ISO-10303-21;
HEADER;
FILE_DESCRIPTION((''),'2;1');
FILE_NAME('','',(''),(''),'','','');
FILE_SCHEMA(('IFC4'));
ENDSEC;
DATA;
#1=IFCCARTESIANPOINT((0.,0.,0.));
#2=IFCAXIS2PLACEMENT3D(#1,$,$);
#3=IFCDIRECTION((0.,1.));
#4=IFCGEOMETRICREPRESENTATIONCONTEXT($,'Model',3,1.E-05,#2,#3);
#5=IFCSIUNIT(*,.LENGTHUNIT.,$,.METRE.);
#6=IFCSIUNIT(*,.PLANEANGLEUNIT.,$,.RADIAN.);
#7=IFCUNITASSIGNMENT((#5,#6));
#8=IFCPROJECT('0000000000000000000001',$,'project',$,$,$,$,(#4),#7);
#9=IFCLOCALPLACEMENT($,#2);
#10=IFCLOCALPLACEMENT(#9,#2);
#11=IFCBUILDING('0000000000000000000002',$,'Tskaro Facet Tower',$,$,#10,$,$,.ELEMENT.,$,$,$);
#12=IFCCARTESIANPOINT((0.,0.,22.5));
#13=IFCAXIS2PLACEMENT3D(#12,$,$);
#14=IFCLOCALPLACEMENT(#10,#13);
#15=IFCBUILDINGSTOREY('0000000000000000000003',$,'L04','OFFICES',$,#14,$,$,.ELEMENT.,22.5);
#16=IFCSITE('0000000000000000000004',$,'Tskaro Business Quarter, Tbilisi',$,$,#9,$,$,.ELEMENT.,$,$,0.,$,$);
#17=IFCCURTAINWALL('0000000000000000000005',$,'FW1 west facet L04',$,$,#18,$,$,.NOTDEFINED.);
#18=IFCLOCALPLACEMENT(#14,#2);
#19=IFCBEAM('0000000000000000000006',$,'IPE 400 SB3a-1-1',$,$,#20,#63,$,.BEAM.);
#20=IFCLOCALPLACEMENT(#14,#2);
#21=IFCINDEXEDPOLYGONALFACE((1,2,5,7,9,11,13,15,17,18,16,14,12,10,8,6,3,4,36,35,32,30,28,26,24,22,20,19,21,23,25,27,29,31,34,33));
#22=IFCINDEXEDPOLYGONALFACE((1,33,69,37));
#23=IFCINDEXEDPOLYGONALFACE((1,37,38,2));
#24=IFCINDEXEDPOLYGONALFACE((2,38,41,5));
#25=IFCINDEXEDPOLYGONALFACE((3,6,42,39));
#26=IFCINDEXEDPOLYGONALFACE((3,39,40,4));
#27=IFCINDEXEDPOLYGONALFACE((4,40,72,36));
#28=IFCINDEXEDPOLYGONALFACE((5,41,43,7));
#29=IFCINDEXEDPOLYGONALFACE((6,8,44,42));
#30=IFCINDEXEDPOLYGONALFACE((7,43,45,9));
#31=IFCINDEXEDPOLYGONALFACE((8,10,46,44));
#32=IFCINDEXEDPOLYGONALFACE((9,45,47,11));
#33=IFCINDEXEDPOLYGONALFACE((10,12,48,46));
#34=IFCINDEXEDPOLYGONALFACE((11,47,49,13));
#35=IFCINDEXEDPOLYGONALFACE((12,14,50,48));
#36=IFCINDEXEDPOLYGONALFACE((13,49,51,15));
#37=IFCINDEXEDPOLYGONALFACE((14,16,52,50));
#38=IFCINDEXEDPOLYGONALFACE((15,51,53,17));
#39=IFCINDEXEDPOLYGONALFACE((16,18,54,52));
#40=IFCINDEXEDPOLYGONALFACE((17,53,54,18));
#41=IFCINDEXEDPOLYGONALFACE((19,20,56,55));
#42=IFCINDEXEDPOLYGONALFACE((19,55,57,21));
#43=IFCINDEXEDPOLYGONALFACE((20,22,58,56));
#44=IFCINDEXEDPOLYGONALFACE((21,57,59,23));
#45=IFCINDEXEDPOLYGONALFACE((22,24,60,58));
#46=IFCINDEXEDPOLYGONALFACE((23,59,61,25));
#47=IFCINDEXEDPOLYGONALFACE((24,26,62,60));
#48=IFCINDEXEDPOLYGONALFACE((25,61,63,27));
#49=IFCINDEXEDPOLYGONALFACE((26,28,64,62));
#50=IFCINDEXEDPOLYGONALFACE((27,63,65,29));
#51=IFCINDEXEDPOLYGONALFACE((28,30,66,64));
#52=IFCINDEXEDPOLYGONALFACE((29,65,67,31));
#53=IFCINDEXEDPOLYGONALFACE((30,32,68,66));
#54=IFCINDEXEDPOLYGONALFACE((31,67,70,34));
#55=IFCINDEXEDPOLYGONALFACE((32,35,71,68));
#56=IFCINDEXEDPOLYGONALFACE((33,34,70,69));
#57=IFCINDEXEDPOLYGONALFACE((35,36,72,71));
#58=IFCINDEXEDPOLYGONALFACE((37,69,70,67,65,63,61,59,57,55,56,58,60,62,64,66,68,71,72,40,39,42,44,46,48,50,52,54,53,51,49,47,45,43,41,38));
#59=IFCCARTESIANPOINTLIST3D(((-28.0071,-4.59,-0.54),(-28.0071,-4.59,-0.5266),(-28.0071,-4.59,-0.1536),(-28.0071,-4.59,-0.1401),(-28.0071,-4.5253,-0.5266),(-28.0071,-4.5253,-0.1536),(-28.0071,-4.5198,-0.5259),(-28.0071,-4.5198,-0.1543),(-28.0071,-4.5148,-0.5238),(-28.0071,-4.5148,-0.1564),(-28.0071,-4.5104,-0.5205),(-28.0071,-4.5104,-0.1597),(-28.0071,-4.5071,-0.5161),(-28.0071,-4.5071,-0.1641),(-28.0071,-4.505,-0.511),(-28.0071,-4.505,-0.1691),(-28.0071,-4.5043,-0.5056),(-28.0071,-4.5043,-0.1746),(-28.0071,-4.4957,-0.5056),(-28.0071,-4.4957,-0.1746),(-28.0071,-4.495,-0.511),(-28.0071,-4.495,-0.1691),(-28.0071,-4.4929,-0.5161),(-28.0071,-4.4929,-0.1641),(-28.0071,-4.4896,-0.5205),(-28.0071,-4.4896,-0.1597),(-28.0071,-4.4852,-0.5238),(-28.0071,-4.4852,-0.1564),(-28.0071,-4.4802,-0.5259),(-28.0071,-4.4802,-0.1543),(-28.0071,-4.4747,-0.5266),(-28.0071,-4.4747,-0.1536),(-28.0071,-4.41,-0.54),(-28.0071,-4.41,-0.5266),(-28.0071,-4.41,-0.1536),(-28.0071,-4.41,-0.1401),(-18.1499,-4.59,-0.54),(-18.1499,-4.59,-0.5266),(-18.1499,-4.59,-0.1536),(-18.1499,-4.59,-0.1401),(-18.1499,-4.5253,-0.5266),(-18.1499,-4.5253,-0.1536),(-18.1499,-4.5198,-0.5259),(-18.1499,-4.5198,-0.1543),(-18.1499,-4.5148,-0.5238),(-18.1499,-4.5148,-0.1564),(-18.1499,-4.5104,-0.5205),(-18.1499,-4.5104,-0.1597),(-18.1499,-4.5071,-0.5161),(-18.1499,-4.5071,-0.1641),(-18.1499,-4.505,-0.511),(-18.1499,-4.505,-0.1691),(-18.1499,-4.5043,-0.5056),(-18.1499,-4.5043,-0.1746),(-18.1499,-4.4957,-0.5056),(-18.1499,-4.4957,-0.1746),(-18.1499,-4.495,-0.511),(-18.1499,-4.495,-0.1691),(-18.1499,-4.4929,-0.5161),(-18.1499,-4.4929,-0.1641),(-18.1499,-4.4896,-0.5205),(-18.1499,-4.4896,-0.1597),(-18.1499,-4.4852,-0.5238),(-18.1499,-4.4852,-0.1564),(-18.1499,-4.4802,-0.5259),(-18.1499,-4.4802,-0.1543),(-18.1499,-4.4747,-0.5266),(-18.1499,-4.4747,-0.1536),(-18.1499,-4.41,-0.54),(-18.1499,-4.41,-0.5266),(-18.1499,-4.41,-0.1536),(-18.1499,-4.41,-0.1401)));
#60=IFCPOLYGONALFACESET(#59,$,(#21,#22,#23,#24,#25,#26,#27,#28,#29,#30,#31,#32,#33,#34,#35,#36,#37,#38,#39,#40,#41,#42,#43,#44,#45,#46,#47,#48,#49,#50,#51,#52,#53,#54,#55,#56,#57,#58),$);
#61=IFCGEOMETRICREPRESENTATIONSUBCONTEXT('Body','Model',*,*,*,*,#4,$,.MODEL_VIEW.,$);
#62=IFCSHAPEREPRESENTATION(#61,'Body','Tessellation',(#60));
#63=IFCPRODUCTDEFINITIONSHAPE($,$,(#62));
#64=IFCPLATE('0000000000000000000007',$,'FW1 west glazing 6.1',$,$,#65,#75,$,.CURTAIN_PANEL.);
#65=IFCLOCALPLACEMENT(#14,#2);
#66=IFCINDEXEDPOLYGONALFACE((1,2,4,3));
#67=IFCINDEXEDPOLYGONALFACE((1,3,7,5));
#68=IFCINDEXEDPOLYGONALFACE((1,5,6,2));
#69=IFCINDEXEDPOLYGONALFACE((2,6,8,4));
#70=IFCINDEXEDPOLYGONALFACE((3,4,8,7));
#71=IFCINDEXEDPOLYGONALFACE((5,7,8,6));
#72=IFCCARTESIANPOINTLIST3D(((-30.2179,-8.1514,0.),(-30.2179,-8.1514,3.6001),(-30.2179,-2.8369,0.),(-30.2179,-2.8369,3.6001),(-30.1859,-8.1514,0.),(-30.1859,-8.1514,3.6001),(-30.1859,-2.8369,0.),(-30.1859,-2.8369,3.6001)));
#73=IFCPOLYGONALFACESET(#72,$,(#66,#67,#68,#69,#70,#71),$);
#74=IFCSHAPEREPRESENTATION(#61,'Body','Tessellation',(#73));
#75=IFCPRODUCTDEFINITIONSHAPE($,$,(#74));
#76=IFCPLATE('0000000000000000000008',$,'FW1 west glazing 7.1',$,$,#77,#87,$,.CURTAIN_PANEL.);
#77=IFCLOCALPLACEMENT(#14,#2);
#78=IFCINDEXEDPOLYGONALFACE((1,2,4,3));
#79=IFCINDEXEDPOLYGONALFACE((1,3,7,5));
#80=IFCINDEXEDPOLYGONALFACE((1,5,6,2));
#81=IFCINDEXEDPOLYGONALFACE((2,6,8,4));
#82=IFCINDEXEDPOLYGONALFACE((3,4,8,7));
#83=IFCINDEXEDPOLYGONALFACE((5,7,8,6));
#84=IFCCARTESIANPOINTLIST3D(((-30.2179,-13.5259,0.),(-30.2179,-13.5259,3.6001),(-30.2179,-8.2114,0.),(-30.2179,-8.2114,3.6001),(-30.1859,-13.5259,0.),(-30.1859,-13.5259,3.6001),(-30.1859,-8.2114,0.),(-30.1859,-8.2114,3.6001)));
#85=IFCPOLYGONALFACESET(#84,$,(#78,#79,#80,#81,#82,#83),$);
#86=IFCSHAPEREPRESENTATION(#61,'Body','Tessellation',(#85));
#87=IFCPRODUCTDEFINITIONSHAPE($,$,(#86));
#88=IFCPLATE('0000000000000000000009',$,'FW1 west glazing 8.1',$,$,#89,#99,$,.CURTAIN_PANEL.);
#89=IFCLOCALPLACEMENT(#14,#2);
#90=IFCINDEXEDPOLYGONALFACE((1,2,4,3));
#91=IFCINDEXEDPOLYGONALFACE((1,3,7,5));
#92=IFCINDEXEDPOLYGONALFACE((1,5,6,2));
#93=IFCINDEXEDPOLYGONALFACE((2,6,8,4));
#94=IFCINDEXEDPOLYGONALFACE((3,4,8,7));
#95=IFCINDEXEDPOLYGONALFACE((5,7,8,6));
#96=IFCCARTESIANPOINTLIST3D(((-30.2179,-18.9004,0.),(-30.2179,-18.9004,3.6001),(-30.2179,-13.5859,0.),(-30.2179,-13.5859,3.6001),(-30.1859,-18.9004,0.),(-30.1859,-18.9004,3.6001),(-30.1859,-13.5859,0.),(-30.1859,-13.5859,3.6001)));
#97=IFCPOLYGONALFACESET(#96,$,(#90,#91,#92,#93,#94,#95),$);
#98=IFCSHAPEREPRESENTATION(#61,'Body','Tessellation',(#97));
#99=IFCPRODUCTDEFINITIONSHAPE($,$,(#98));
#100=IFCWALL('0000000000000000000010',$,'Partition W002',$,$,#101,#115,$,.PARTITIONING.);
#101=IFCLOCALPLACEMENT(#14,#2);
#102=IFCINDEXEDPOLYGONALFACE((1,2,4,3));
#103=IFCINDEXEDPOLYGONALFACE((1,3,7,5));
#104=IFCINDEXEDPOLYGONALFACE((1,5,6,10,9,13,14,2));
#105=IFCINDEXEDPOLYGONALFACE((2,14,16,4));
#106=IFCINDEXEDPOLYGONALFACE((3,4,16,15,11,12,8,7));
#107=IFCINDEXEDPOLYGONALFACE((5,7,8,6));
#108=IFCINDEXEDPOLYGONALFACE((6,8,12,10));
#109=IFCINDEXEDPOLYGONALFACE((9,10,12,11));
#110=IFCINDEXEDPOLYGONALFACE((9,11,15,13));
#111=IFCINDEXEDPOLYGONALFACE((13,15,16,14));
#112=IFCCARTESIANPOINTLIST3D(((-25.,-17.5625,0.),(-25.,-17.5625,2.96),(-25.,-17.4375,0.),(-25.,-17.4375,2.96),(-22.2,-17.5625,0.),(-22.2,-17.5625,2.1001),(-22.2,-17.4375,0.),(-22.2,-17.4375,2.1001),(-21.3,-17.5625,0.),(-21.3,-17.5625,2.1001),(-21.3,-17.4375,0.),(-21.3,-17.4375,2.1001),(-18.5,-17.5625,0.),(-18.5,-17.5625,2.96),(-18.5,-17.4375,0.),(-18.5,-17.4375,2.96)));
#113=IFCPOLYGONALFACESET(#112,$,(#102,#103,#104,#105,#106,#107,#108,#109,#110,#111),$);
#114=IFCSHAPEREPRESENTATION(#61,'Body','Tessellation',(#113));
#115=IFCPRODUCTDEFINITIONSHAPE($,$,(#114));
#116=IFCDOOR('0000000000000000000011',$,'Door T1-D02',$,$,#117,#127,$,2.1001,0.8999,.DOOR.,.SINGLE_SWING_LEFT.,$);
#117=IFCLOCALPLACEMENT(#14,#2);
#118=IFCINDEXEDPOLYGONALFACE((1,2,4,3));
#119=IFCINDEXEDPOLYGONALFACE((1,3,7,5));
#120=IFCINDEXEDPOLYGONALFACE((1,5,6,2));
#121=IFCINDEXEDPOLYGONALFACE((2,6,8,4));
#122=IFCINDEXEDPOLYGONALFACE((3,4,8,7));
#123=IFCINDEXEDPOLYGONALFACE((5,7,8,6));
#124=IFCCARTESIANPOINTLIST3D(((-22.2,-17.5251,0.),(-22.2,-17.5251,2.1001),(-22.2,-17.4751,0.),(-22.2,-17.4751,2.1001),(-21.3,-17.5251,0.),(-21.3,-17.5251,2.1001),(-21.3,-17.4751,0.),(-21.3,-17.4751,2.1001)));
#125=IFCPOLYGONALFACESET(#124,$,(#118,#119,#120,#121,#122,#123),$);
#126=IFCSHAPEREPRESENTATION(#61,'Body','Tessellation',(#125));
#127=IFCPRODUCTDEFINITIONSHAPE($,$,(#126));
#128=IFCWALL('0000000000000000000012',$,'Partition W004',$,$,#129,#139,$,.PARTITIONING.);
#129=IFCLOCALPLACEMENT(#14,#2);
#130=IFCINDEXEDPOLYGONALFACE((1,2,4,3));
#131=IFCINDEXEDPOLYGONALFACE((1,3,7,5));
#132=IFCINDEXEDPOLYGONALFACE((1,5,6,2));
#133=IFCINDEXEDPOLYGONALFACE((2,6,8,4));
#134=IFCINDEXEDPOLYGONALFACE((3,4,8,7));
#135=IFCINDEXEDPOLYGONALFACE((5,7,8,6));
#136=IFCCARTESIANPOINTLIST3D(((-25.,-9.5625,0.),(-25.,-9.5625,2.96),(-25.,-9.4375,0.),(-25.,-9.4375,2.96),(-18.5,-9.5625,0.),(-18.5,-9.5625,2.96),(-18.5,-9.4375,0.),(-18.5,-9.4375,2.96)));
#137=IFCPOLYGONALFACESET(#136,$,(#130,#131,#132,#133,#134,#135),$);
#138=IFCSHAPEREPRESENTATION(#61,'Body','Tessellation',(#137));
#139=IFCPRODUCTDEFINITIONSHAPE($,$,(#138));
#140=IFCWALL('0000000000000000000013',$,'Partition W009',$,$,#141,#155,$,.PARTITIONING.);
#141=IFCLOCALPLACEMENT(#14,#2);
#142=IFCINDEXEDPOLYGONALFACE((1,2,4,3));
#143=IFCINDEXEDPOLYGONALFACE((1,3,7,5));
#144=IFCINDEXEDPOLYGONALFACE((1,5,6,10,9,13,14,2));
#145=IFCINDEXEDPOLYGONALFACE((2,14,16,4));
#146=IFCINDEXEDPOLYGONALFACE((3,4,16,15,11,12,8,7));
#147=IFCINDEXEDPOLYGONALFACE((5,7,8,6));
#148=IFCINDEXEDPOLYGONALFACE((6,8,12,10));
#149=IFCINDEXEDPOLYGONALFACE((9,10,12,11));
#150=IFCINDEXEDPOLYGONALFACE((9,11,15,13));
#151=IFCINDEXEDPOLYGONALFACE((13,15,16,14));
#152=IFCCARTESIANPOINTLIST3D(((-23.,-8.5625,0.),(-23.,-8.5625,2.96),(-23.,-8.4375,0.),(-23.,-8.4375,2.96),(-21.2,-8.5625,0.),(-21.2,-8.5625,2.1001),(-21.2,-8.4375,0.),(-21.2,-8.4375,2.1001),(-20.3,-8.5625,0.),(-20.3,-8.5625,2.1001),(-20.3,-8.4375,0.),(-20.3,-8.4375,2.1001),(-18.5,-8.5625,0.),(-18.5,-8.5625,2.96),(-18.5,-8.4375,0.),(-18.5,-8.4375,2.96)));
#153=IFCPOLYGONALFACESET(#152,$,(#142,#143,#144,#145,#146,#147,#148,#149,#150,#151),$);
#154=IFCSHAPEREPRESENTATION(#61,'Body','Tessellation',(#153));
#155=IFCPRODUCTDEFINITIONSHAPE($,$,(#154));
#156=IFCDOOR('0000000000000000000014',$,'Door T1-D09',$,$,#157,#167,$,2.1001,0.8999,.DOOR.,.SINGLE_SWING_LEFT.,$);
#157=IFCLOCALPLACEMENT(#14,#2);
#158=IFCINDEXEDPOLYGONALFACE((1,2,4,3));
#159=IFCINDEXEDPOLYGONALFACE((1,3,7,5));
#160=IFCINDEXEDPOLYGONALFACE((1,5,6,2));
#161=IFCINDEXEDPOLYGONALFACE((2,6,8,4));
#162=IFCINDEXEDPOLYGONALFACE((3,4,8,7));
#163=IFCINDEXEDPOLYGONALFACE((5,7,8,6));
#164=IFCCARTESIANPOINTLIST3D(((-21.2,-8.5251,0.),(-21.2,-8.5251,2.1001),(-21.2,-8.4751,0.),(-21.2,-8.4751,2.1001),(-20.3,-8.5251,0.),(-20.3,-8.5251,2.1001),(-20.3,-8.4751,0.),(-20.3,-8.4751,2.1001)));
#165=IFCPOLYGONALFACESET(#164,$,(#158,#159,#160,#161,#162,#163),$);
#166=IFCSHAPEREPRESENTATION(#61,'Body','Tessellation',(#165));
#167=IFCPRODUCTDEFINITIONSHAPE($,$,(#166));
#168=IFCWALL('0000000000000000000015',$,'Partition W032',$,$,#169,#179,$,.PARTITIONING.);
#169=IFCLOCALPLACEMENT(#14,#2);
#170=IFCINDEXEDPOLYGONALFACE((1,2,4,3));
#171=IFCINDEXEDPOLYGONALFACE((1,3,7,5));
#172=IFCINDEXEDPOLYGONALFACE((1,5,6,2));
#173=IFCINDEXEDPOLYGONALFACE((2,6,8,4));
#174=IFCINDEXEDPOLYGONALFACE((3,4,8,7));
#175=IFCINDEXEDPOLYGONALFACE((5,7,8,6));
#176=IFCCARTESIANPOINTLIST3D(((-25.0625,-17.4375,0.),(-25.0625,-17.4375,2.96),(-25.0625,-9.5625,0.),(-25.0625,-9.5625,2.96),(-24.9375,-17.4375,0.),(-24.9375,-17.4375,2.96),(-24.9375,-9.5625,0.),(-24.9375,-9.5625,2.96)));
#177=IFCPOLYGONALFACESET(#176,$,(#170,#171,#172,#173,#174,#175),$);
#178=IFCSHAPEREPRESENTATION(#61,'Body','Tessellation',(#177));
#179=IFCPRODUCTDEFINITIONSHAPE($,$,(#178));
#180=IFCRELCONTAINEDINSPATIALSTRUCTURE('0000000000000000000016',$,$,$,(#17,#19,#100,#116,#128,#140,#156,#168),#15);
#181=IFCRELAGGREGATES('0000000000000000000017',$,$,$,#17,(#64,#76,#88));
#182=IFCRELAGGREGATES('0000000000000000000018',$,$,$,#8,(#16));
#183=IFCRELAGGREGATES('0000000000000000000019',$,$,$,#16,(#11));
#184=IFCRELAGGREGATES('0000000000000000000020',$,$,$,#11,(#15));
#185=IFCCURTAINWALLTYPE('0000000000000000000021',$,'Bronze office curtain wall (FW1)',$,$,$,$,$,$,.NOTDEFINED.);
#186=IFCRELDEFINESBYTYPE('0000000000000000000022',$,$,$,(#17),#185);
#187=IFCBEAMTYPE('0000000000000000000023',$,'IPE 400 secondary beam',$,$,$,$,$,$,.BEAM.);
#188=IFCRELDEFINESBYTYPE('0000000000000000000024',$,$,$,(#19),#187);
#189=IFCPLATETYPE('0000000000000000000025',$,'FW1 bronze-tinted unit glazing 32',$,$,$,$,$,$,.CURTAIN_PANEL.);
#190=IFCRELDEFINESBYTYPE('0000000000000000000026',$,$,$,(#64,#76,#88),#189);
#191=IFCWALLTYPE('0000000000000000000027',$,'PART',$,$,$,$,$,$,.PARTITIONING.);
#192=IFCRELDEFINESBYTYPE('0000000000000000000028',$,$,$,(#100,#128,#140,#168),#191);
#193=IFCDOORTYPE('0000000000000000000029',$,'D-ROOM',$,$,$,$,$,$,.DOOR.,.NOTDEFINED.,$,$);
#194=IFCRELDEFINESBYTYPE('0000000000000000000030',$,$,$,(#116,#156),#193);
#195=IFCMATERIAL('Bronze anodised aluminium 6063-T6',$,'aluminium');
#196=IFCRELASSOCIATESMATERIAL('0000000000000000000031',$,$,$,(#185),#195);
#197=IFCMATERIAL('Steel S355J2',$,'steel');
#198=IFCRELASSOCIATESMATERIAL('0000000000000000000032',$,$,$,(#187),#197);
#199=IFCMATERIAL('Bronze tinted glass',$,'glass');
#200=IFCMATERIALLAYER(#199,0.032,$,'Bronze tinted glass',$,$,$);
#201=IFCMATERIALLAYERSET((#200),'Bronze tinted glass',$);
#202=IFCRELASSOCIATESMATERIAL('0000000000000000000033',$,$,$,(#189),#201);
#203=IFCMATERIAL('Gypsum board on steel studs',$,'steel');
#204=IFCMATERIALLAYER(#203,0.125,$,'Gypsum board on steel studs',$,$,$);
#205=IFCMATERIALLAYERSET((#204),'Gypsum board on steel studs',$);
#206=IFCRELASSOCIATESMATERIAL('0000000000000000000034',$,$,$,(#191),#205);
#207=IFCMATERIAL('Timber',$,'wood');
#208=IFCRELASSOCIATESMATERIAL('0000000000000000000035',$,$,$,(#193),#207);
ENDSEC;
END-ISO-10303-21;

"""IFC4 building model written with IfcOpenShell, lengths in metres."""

from ifc_helpers import new_model, si_unit, direction, frame, frame_2d, origin, origin_2d, place, context, subcontext, project, spatial, rectangle, i_section, extrude, material, layer, layer_set, material_profile, profile_set, type_object, element, fill, aggregate, save


model = new_model("IFC4")

# Units and contexts
model_context = context("Model", 3, precision=1e-05, world=origin(), true_north=direction((0.0, 1.0)))
body_context = subcontext(model_context, "Body", "Model", "MODEL_VIEW")
ifc_project = project(units=[si_unit("LENGTHUNIT", "METRE"), si_unit("PLANEANGLEUNIT", "RADIAN")], contexts=[model_context])

# Site, building, storey
site_placement = place(None, origin())
site = spatial("IfcSite", under=ifc_project, at=site_placement, Name="Tskaro Business Quarter, Tbilisi", CompositionType="ELEMENT", RefElevation=0.0)
building_placement = place(site_placement, origin())
building = spatial("IfcBuilding", under=site, at=building_placement, Name="Tskaro Facet Tower", CompositionType="ELEMENT")
storey_placement = place(building_placement, frame((0.0, 0.0, 22.5)))
storey = spatial("IfcBuildingStorey", under=building, at=storey_placement, Name="L04", Description="OFFICES", CompositionType="ELEMENT", Elevation=22.5)

# Curtain wall
ifc_material_1 = material(Name="Bronze anodised aluminium 6063-T6", Category="aluminium")
curtain_wall_type = type_object("IfcCurtainWallType", Name="Bronze office curtain wall (FW1)", PredefinedType="NOTDEFINED", material=ifc_material_1)
curtain_wall_placement = place(storey_placement, origin())
curtain_wall = element("IfcCurtainWall", 1, at=curtain_wall_placement, inside=storey, type_object=curtain_wall_type, Name="FW1 west facet L04", PredefinedType="NOTDEFINED")

# Beam
ifc_material_2 = material(Name="Steel S355J2", Category="steel")
ifc_material_profile_1 = material_profile(ifc_material_2, i_section(OverallWidth=0.1799, OverallDepth=0.3999, WebThickness=0.0085, FlangeThickness=0.0134, FilletRadius=0.021, at=origin_2d()), Name="IPE 400")
ifc_profile_set_1 = profile_set([ifc_material_profile_1], Name="Steel S355J2")
beam_type_1 = type_object("IfcBeamType", Name="IPE 400 secondary beam", PredefinedType="BEAM", material=ifc_profile_set_1)
for number, where, z_axis, x_axis, name in (
    (2, (-28.0071, -4.5, -0.3401), (1.0, 0.0, 0.0), (0.0, 1.0, 0.0), "IPE 400 SB3a-1-1"),
):
    element("IfcBeam", number, at=place(storey_placement, frame(where, z_axis=z_axis, x_axis=x_axis)), inside=storey, type_object=beam_type_1, Name=name, PredefinedType="BEAM", context=body_context, shape_type="SweptSolid", body=[
        extrude(i_section(OverallWidth=0.1799, OverallDepth=0.3999, WebThickness=0.0085, FlangeThickness=0.0134, FilletRadius=0.021, at=origin_2d()), origin(), (0.0, 0.0, 1.0), 9.8572),
    ])

# Plates
ifc_material_3 = material(Name="Bronze tinted glass", Category="glass")
ifc_layer_1 = layer(ifc_material_3, 0.032, Name="Bronze tinted glass")
ifc_layer_set_1 = layer_set([ifc_layer_1], Name="Bronze tinted glass")
plate_type = type_object("IfcPlateType", Name="FW1 bronze-tinted unit glazing 32", PredefinedType="CURTAIN_PANEL", material=ifc_layer_set_1)
plate_1_placement = place(storey_placement, frame((-30.2019, -5.4941, 0.0), z_axis=(0.0, 0.0, 1.0), x_axis=(0.0, -1.0, 0.0)))
plate_1 = element("IfcPlate", 3, at=plate_1_placement, type_object=plate_type, Name="FW1 west glazing 6.1", PredefinedType="CURTAIN_PANEL", context=body_context, shape_type="SweptSolid", body=[
    extrude(rectangle(XDim=5.3145, YDim=0.032, at=origin_2d()), origin(), (0.0, 0.0, 1.0), 3.6001),
])
plate_2_placement = place(storey_placement, frame((-30.2019, -10.8687, 0.0), z_axis=(0.0, 0.0, 1.0), x_axis=(0.0, -1.0, 0.0)))
plate_2 = element("IfcPlate", 4, at=plate_2_placement, type_object=plate_type, Name="FW1 west glazing 7.1", PredefinedType="CURTAIN_PANEL", context=body_context, shape_type="SweptSolid", body=[
    extrude(rectangle(XDim=5.3145, YDim=0.032, at=origin_2d()), origin(), (0.0, 0.0, 1.0), 3.6001),
])
plate_3_placement = place(storey_placement, frame((-30.2019, -16.2432, 0.0), z_axis=(0.0, 0.0, 1.0), x_axis=(0.0, -1.0, 0.0)))
plate_3 = element("IfcPlate", 5, at=plate_3_placement, type_object=plate_type, Name="FW1 west glazing 8.1", PredefinedType="CURTAIN_PANEL", context=body_context, shape_type="SweptSolid", body=[
    extrude(rectangle(XDim=5.3145, YDim=0.032, at=origin_2d()), origin(), (0.0, 0.0, 1.0), 3.6001),
])
aggregate(curtain_wall, [plate_1, plate_2, plate_3])

# Wall, opening, door
ifc_material_4 = material(Name="Gypsum board on steel studs", Category="steel")
ifc_layer_2 = layer(ifc_material_4, 0.125, Name="Gypsum board on steel studs")
ifc_layer_set_2 = layer_set([ifc_layer_2], Name="Gypsum board on steel studs")
wall_type = type_object("IfcWallType", Name="PART", PredefinedType="PARTITIONING", material=ifc_layer_set_2)
wall_1_placement = place(storey_placement, frame((-25.0, -17.5, 0.0), z_axis=(0.0, 0.0, 1.0), x_axis=(1.0, 0.0, 0.0)))
wall_1 = element("IfcWall", 6, at=wall_1_placement, inside=storey, type_object=wall_type, Name="Partition W002", PredefinedType="PARTITIONING", context=body_context, shape_type="SweptSolid", body=[
    extrude(rectangle(XDim=6.5, YDim=0.125, at=frame_2d((3.25, 0.0))), origin(), (0.0, 0.0, 1.0), 2.96),
])
opening_1_placement = place(wall_1_placement, frame((2.8, 0.0, 0.0)))
opening_1 = element("IfcOpeningElement", 7, at=opening_1_placement, cuts=wall_1, PredefinedType="OPENING", context=body_context, shape_type="SweptSolid", body=[
    extrude(rectangle(XDim=0.8999, YDim=2.1001, at=frame_2d((0.45, 1.05))), frame((0.0, 0.0725, 0.0), z_axis=(0.0, -1.0, 0.0), x_axis=(1.0, 0.0, 0.0)), (0.0, 0.0, 1.0), 0.145),
])
ifc_material_5 = material(Name="Timber", Category="wood")
door_type = type_object("IfcDoorType", Name="D-ROOM", OperationType="NOTDEFINED", PredefinedType="DOOR", material=ifc_material_5)
door_1_placement = place(opening_1_placement, origin())
door_1 = element("IfcDoor", 8, at=door_1_placement, inside=storey, type_object=door_type, Name="Door T1-D02", OperationType="SINGLE_SWING_LEFT", OverallHeight=2.1001, OverallWidth=0.8999, PredefinedType="DOOR", context=body_context, shape_type="SweptSolid", body=[
    extrude(rectangle(XDim=0.8999, YDim=2.1001, at=frame_2d((0.45, 1.05))), frame((0.0, 0.0249, 0.0), z_axis=(0.0, -1.0, 0.0), x_axis=(1.0, 0.0, 0.0)), (0.0, 0.0, 1.0), 0.05),
])
fill(opening_1, door_1)

# Wall
wall_2_placement = place(storey_placement, frame((-25.0, -9.5, 0.0), z_axis=(0.0, 0.0, 1.0), x_axis=(1.0, 0.0, 0.0)))
element("IfcWall", 9, at=wall_2_placement, inside=storey, type_object=wall_type, Name="Partition W004", PredefinedType="PARTITIONING", context=body_context, shape_type="SweptSolid", body=[
    extrude(rectangle(XDim=6.5, YDim=0.125, at=frame_2d((3.25, 0.0))), origin(), (0.0, 0.0, 1.0), 2.96),
])

# Wall, opening, door
wall_3_placement = place(storey_placement, frame((-23.0, -8.5, 0.0), z_axis=(0.0, 0.0, 1.0), x_axis=(1.0, 0.0, 0.0)))
wall_3 = element("IfcWall", 10, at=wall_3_placement, inside=storey, type_object=wall_type, Name="Partition W009", PredefinedType="PARTITIONING", context=body_context, shape_type="SweptSolid", body=[
    extrude(rectangle(XDim=4.5, YDim=0.125, at=frame_2d((2.25, 0.0))), origin(), (0.0, 0.0, 1.0), 2.96),
])
opening_2_placement = place(wall_3_placement, frame((1.8, 0.0, 0.0)))
opening_2 = element("IfcOpeningElement", 11, at=opening_2_placement, cuts=wall_3, PredefinedType="OPENING", context=body_context, shape_type="SweptSolid", body=[
    extrude(rectangle(XDim=0.8999, YDim=2.1001, at=frame_2d((0.45, 1.05))), frame((0.0, 0.0725, 0.0), z_axis=(0.0, -1.0, 0.0), x_axis=(1.0, 0.0, 0.0)), (0.0, 0.0, 1.0), 0.145),
])
door_2_placement = place(opening_2_placement, origin())
door_2 = element("IfcDoor", 12, at=door_2_placement, inside=storey, type_object=door_type, Name="Door T1-D09", OperationType="SINGLE_SWING_LEFT", OverallHeight=2.1001, OverallWidth=0.8999, PredefinedType="DOOR", context=body_context, shape_type="SweptSolid", body=[
    extrude(rectangle(XDim=0.8999, YDim=2.1001, at=frame_2d((0.45, 1.05))), frame((0.0, 0.0249, 0.0), z_axis=(0.0, -1.0, 0.0), x_axis=(1.0, 0.0, 0.0)), (0.0, 0.0, 1.0), 0.05),
])
fill(opening_2, door_2)

# Wall
for number, where, z_axis, x_axis, name in (
    (13, (-25.0, -17.4375, 0.0), (0.0, 0.0, 1.0), (0.0, 1.0, 0.0), "Partition W032"),
):
    element("IfcWall", number, at=place(storey_placement, frame(where, z_axis=z_axis, x_axis=x_axis)), inside=storey, type_object=wall_type, Name=name, PredefinedType="PARTITIONING", context=body_context, shape_type="SweptSolid", body=[
        extrude(rectangle(XDim=7.875, YDim=0.125, at=frame_2d((3.9375, 0.0))), origin(), (0.0, 0.0, 1.0), 2.96),
    ])

save(model, "model.ifc")
